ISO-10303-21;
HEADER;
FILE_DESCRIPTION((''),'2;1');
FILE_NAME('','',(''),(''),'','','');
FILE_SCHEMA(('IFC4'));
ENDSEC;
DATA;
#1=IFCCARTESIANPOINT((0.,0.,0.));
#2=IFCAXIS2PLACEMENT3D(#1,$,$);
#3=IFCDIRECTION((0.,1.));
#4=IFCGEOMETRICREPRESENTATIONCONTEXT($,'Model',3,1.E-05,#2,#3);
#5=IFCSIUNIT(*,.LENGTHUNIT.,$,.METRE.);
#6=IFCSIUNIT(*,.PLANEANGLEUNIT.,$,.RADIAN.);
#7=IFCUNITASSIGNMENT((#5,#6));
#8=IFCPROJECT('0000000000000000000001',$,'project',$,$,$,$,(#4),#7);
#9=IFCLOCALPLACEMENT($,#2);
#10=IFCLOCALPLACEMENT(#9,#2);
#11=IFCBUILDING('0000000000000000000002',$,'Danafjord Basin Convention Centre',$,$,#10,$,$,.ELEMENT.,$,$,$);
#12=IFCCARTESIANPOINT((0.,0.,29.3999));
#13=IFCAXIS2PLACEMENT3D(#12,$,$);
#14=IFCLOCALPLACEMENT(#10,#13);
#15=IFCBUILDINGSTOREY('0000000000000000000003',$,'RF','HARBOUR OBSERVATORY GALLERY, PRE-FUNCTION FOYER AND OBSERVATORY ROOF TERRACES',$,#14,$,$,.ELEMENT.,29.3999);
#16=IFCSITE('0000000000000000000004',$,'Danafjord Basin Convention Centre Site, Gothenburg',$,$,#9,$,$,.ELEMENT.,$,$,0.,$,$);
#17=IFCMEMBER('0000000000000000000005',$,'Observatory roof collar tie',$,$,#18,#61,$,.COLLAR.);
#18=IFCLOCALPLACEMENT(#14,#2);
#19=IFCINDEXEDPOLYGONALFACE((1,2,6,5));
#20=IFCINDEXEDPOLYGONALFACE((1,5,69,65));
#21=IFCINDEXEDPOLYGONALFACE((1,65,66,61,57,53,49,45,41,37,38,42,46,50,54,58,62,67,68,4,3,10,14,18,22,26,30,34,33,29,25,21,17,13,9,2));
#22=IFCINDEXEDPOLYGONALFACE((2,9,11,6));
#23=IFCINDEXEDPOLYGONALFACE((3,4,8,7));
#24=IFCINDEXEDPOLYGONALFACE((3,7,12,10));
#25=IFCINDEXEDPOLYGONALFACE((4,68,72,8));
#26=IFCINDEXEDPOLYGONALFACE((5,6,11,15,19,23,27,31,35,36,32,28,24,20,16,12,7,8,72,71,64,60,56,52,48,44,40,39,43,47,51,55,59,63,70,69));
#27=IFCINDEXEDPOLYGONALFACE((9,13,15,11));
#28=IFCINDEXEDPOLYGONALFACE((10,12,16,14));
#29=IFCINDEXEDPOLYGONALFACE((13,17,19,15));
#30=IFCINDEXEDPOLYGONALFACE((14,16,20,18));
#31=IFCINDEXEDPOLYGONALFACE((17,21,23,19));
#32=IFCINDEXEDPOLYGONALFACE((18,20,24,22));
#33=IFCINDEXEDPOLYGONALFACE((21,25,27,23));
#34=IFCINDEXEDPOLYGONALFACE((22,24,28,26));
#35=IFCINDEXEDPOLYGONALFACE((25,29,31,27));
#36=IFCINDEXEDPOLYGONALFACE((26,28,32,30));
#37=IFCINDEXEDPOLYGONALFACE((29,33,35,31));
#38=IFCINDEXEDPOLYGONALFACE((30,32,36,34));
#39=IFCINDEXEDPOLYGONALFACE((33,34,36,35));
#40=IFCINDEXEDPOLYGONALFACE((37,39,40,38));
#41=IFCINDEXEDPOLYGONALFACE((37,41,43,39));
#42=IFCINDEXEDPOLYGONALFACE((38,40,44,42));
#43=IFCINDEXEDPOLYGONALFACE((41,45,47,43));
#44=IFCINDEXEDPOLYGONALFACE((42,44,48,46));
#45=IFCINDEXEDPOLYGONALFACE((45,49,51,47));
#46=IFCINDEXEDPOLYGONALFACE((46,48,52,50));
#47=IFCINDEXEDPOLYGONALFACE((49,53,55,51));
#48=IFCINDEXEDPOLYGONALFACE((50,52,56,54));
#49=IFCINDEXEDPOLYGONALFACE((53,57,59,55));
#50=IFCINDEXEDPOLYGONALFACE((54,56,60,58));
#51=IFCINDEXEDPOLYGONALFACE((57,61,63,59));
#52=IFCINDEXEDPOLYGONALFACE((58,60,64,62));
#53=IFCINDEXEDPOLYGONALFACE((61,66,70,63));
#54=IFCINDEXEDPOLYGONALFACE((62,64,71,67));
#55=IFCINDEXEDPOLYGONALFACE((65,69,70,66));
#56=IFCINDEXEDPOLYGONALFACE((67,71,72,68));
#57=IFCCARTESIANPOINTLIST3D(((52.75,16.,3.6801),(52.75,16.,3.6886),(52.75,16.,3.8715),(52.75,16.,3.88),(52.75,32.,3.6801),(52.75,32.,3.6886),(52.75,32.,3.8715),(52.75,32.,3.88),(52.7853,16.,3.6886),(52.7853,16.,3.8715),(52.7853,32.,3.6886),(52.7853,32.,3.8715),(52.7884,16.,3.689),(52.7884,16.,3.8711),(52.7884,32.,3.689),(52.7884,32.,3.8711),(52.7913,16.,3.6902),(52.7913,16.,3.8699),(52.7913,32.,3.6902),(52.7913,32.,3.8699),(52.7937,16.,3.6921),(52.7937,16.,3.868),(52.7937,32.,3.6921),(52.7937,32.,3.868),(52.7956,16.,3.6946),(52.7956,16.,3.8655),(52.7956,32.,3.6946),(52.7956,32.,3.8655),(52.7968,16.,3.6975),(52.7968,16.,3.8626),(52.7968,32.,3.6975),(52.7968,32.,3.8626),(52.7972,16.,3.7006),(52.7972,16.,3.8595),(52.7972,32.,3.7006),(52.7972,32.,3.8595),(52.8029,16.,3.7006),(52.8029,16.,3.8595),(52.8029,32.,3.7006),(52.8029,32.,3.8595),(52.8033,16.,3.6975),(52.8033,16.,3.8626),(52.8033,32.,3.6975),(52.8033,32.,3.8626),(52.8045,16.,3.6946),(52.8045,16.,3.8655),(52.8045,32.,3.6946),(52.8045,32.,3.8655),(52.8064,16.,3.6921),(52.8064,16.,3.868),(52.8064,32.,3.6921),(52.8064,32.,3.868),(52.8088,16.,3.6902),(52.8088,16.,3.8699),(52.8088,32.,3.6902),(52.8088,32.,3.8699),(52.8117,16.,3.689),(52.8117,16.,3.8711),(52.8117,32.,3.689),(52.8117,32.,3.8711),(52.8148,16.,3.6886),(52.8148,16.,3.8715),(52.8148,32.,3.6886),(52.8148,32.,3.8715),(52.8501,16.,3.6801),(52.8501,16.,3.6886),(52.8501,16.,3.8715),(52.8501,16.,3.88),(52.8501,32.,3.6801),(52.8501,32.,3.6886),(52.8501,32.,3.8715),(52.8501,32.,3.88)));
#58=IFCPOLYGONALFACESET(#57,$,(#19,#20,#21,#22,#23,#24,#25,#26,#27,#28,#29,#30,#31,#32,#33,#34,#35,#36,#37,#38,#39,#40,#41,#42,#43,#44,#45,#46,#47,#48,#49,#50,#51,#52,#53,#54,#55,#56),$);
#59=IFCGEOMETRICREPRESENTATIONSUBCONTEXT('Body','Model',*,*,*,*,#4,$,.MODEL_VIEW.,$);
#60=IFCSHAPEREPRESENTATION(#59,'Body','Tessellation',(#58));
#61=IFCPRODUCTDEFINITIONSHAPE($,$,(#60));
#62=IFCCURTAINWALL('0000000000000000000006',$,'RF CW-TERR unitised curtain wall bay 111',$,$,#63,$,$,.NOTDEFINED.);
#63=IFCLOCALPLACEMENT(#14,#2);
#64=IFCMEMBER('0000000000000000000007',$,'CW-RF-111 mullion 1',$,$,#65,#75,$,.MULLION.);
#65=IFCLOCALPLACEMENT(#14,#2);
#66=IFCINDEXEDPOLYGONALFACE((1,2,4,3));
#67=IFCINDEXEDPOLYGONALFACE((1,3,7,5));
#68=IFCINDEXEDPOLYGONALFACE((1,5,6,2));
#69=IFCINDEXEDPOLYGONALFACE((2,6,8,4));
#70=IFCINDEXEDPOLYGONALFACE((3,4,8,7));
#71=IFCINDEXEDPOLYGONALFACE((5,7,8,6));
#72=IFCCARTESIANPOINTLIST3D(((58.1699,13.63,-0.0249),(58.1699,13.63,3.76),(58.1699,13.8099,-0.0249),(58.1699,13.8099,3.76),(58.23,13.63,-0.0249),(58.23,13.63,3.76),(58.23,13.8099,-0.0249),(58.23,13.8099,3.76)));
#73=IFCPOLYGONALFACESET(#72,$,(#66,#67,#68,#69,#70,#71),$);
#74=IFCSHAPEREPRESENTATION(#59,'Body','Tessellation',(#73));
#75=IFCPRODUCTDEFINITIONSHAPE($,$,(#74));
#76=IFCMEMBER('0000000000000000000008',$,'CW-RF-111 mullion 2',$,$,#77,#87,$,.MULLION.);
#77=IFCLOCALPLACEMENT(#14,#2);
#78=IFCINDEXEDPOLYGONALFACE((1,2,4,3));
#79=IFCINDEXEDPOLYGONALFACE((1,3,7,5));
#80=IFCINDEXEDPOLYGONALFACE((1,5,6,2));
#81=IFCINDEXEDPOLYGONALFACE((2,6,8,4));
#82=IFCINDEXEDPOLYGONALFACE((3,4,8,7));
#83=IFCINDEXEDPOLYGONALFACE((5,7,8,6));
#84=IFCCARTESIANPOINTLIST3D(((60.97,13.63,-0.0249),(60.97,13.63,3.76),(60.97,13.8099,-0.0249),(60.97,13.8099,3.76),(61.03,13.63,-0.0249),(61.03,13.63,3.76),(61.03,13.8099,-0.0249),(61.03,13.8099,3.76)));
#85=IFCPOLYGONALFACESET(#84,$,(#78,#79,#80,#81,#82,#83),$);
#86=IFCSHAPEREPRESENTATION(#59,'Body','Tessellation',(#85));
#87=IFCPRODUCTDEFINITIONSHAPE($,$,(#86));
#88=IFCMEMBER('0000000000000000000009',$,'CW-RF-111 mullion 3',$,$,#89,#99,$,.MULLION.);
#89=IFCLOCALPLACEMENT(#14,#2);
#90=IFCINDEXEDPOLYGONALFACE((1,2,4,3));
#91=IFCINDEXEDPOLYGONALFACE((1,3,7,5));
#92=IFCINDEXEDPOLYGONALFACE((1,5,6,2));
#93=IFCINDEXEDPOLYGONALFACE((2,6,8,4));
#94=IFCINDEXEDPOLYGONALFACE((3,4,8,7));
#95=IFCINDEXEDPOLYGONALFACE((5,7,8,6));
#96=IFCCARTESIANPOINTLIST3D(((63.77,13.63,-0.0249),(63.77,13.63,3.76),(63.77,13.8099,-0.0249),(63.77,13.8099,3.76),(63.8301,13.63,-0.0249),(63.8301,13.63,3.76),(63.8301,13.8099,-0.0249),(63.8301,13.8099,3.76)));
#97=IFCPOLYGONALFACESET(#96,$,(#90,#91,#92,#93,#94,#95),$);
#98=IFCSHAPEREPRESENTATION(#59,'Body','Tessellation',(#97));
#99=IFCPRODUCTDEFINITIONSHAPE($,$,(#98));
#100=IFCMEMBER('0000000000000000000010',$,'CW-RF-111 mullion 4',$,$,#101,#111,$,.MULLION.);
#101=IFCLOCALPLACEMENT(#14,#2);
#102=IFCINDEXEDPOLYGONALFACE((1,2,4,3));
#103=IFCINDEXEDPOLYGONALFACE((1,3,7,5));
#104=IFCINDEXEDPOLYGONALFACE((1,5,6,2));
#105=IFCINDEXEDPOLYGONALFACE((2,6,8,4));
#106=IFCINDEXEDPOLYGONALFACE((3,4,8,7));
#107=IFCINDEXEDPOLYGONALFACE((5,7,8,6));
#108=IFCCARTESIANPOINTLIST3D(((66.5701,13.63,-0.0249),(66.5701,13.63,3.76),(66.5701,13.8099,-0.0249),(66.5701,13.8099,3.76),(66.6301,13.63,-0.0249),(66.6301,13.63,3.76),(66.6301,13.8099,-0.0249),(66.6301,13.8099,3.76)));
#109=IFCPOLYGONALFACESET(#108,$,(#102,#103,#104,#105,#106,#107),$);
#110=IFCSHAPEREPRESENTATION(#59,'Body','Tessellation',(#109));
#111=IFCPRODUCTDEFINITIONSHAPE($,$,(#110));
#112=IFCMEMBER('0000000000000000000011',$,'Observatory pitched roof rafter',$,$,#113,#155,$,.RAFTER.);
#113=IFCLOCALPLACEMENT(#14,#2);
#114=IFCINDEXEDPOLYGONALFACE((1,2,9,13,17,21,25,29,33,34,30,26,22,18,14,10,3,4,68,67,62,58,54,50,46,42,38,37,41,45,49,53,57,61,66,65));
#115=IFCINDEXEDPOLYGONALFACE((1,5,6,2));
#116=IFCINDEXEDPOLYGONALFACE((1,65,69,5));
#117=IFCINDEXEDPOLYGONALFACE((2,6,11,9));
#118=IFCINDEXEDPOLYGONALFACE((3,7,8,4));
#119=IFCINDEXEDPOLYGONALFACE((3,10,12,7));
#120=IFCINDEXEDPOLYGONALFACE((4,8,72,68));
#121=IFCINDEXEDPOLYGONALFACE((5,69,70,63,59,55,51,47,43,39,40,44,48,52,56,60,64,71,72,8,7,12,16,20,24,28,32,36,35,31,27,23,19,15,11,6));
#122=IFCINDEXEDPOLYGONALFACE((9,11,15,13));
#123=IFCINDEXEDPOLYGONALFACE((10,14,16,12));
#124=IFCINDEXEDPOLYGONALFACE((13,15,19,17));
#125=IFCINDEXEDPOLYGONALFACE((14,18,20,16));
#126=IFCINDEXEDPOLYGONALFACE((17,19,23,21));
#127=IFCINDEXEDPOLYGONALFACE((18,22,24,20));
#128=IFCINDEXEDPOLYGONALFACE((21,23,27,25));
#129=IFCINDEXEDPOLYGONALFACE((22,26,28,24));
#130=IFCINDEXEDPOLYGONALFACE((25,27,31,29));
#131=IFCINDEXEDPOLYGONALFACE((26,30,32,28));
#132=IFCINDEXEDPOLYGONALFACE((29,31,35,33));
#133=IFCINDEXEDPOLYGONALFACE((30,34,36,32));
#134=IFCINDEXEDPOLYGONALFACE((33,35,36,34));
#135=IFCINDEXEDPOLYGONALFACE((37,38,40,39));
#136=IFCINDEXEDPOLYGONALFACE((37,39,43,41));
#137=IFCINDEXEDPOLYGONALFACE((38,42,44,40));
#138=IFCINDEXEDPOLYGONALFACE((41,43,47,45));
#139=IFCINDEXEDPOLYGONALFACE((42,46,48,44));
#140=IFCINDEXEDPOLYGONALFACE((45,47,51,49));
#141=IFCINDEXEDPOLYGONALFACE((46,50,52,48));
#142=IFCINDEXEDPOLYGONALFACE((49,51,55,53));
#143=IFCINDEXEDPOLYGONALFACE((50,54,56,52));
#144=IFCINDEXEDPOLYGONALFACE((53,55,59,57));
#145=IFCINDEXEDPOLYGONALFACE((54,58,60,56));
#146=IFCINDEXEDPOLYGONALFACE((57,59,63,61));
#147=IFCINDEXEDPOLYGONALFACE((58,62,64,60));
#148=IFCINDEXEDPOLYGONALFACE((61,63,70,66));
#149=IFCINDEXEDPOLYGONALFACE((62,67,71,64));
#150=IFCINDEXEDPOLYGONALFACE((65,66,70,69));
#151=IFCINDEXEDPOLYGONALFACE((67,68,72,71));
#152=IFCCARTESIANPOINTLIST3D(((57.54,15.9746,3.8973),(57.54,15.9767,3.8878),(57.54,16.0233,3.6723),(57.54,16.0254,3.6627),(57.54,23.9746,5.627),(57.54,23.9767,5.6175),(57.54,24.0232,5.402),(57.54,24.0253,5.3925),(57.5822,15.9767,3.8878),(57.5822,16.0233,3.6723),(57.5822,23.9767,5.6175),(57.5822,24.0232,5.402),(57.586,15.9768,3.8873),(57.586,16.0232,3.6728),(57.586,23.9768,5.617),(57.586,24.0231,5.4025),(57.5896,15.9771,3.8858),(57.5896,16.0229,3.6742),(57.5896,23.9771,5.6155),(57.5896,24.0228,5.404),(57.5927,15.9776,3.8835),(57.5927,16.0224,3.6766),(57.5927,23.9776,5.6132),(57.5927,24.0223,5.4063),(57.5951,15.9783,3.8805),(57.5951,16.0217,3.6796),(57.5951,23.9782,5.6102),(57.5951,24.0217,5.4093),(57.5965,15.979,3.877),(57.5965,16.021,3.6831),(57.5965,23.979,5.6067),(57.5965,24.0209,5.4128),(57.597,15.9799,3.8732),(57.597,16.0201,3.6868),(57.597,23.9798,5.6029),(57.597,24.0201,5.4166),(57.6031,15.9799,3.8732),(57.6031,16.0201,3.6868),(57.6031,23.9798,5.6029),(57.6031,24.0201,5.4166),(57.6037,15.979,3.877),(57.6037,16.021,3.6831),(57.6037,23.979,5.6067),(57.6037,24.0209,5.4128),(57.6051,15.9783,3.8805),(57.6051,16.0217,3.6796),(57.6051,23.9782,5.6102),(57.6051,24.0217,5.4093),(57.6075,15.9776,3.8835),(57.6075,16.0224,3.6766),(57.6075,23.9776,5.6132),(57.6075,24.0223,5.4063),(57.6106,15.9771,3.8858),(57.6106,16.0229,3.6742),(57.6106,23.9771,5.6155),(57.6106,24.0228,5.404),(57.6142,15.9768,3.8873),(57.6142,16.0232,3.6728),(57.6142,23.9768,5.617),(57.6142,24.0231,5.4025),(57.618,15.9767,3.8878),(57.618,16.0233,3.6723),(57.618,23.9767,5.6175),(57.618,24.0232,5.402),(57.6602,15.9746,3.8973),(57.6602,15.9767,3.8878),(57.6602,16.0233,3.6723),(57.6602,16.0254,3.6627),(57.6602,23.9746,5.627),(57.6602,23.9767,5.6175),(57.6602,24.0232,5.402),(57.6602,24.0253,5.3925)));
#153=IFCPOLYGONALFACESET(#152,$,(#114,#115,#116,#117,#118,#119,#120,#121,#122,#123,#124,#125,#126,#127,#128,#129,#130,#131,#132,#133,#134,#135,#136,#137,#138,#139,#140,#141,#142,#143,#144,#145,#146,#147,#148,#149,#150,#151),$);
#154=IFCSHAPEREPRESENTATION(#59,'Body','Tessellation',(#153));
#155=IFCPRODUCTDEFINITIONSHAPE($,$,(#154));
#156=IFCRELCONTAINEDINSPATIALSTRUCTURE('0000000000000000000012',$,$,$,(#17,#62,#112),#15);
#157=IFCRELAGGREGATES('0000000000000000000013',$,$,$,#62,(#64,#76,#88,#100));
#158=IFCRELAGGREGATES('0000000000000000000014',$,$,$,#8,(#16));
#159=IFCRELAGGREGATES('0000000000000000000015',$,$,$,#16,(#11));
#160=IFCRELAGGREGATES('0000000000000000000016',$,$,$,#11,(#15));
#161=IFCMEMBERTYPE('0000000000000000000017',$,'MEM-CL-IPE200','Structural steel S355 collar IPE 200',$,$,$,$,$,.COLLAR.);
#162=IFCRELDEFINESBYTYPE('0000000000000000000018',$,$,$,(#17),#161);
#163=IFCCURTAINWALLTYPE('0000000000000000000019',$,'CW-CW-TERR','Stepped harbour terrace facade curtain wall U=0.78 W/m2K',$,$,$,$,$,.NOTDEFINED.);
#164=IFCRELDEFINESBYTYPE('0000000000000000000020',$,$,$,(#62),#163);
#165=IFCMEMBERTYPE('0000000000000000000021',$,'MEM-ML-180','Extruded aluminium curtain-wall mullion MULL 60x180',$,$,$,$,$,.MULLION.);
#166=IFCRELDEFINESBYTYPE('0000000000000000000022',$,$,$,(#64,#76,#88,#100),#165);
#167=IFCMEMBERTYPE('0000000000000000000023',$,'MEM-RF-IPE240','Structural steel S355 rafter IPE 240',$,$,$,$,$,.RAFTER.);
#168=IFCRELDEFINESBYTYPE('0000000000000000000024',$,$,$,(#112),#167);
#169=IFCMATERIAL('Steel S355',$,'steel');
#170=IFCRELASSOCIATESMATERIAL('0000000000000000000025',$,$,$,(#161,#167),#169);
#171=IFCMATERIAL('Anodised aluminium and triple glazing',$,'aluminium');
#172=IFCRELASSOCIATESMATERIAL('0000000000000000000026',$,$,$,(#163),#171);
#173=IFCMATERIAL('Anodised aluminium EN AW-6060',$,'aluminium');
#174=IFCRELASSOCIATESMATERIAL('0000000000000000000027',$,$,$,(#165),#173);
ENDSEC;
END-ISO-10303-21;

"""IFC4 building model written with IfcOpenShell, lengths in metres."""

from ifc_helpers import new_model, si_unit, direction, frame, origin, origin_2d, place, context, subcontext, project, spatial, rectangle, i_section, extrude, material, material_profile, profile_set, type_object, element, aggregate, save


model = new_model("IFC4")

# Units and contexts
model_context = context("Model", 3, precision=1e-05, world=origin(), true_north=direction((0.0, 1.0)))
body_context = subcontext(model_context, "Body", "Model", "MODEL_VIEW")
ifc_project = project(units=[si_unit("LENGTHUNIT", "METRE"), si_unit("PLANEANGLEUNIT", "RADIAN")], contexts=[model_context])

# Site, building, storey
site_placement = place(None, origin())
site = spatial("IfcSite", under=ifc_project, at=site_placement, Name="Danafjord Basin Convention Centre Site, Gothenburg", CompositionType="ELEMENT", RefElevation=0.0)
building_placement = place(site_placement, origin())
building = spatial("IfcBuilding", under=site, at=building_placement, Name="Danafjord Basin Convention Centre", CompositionType="ELEMENT")
storey_placement = place(building_placement, frame((0.0, 0.0, 29.3999)))
storey = spatial("IfcBuildingStorey", under=building, at=storey_placement, Name="RF", Description="HARBOUR OBSERVATORY GALLERY, PRE-FUNCTION FOYER AND OBSERVATORY ROOF TERRACES", CompositionType="ELEMENT", Elevation=29.3999)

# Shared definitions
ifc_material_1 = material(Name="Steel S355", Category="steel")

# Member
ifc_material_profile_1 = material_profile(ifc_material_1, i_section(OverallWidth=0.1001, OverallDepth=0.2, WebThickness=0.0056, FlangeThickness=0.0085, FilletRadius=0.012, at=origin_2d()), Name="IPE 200")
ifc_profile_set_1 = profile_set([ifc_material_profile_1], Name="Steel S355")
member_type_1 = type_object("IfcMemberType", Name="MEM-CL-IPE200", Description="Structural steel S355 collar IPE 200", PredefinedType="COLLAR", material=ifc_profile_set_1)
member_1_placement = place(storey_placement, frame((52.8, 16.0, 3.78), z_axis=(0.0, 1.0, 0.0), x_axis=(-1.0, 0.0, 0.0)))
element("IfcMember", 1, at=member_1_placement, inside=storey, type_object=member_type_1, Name="Observatory roof collar tie", PredefinedType="COLLAR", context=body_context, shape_type="SweptSolid", body=[
    extrude(i_section(OverallWidth=0.1001, OverallDepth=0.2, WebThickness=0.0056, FlangeThickness=0.0085, FilletRadius=0.012, at=origin_2d()), origin(), (0.0, 0.0, 1.0), 16.0),
])

# Curtain wall, members
ifc_material_2 = material(Name="Anodised aluminium and triple glazing", Category="aluminium")
curtain_wall_type = type_object("IfcCurtainWallType", Name="CW-CW-TERR", Description="Stepped harbour terrace facade curtain wall U=0.78 W/m2K", PredefinedType="NOTDEFINED", material=ifc_material_2)
curtain_wall_placement = place(storey_placement, origin())
curtain_wall = element("IfcCurtainWall", 2, at=curtain_wall_placement, inside=storey, type_object=curtain_wall_type, Name="RF CW-TERR unitised curtain wall bay 111", PredefinedType="NOTDEFINED")
ifc_material_3 = material(Name="Anodised aluminium EN AW-6060", Category="aluminium")
ifc_material_profile_2 = material_profile(ifc_material_3, rectangle(XDim=0.0601, YDim=0.1799, at=origin_2d()), Name="MULL 60x180")
ifc_profile_set_2 = profile_set([ifc_material_profile_2], Name="Anodised aluminium EN AW-6060")
member_type_2 = type_object("IfcMemberType", Name="MEM-ML-180", Description="Extruded aluminium curtain-wall mullion MULL 60x180", PredefinedType="MULLION", material=ifc_profile_set_2)
member_2_placement = place(storey_placement, frame((58.2, 13.72, -0.0249), z_axis=(0.0, 0.0, 1.0), x_axis=(1.0, 0.0, 0.0)))
member_2 = element("IfcMember", 3, at=member_2_placement, type_object=member_type_2, Name="CW-RF-111 mullion 1", PredefinedType="MULLION", context=body_context, shape_type="SweptSolid", body=[
    extrude(rectangle(XDim=0.0601, YDim=0.1799, at=origin_2d()), origin(), (0.0, 0.0, 1.0), 3.7849),
])
member_3_placement = place(storey_placement, frame((61.0, 13.72, -0.0249), z_axis=(0.0, 0.0, 1.0), x_axis=(1.0, 0.0, 0.0)))
member_3 = element("IfcMember", 4, at=member_3_placement, type_object=member_type_2, Name="CW-RF-111 mullion 2", PredefinedType="MULLION", context=body_context, shape_type="SweptSolid", body=[
    extrude(rectangle(XDim=0.0601, YDim=0.1799, at=origin_2d()), origin(), (0.0, 0.0, 1.0), 3.7849),
])
member_4_placement = place(storey_placement, frame((63.8, 13.72, -0.0249), z_axis=(0.0, 0.0, 1.0), x_axis=(1.0, 0.0, 0.0)))
member_4 = element("IfcMember", 5, at=member_4_placement, type_object=member_type_2, Name="CW-RF-111 mullion 3", PredefinedType="MULLION", context=body_context, shape_type="SweptSolid", body=[
    extrude(rectangle(XDim=0.0601, YDim=0.1799, at=origin_2d()), origin(), (0.0, 0.0, 1.0), 3.7849),
])
member_5_placement = place(storey_placement, frame((66.6001, 13.72, -0.0249), z_axis=(0.0, 0.0, 1.0), x_axis=(1.0, 0.0, 0.0)))
member_5 = element("IfcMember", 6, at=member_5_placement, type_object=member_type_2, Name="CW-RF-111 mullion 4", PredefinedType="MULLION", context=body_context, shape_type="SweptSolid", body=[
    extrude(rectangle(XDim=0.0601, YDim=0.1799, at=origin_2d()), origin(), (0.0, 0.0, 1.0), 3.7849),
])

# Member
ifc_material_profile_3 = material_profile(ifc_material_1, i_section(OverallWidth=0.1201, OverallDepth=0.24, WebThickness=0.0061, FlangeThickness=0.0098, FilletRadius=0.0149, at=origin_2d()), Name="IPE 240")
ifc_profile_set_3 = profile_set([ifc_material_profile_3], Name="Steel S355")
member_type_3 = type_object("IfcMemberType", Name="MEM-RF-IPE240", Description="Structural steel S355 rafter IPE 240", PredefinedType="RAFTER", material=ifc_profile_set_3)
member_6_placement = place(storey_placement, frame((57.6001, 16.0, 3.78), z_axis=(0.0, 0.977414, 0.211334), x_axis=(-1.0, 0.0, 0.0)))
element("IfcMember", 7, at=member_6_placement, inside=storey, type_object=member_type_3, Name="Observatory pitched roof rafter", PredefinedType="RAFTER", context=body_context, shape_type="SweptSolid", body=[
    extrude(i_section(OverallWidth=0.1201, OverallDepth=0.24, WebThickness=0.0061, FlangeThickness=0.0098, FilletRadius=0.0149, at=origin_2d()), origin(), (0.0, 0.0, 1.0), 8.1848),
])

aggregate(curtain_wall, [member_2, member_3, member_4, member_5])

save(model, "model.ifc")
